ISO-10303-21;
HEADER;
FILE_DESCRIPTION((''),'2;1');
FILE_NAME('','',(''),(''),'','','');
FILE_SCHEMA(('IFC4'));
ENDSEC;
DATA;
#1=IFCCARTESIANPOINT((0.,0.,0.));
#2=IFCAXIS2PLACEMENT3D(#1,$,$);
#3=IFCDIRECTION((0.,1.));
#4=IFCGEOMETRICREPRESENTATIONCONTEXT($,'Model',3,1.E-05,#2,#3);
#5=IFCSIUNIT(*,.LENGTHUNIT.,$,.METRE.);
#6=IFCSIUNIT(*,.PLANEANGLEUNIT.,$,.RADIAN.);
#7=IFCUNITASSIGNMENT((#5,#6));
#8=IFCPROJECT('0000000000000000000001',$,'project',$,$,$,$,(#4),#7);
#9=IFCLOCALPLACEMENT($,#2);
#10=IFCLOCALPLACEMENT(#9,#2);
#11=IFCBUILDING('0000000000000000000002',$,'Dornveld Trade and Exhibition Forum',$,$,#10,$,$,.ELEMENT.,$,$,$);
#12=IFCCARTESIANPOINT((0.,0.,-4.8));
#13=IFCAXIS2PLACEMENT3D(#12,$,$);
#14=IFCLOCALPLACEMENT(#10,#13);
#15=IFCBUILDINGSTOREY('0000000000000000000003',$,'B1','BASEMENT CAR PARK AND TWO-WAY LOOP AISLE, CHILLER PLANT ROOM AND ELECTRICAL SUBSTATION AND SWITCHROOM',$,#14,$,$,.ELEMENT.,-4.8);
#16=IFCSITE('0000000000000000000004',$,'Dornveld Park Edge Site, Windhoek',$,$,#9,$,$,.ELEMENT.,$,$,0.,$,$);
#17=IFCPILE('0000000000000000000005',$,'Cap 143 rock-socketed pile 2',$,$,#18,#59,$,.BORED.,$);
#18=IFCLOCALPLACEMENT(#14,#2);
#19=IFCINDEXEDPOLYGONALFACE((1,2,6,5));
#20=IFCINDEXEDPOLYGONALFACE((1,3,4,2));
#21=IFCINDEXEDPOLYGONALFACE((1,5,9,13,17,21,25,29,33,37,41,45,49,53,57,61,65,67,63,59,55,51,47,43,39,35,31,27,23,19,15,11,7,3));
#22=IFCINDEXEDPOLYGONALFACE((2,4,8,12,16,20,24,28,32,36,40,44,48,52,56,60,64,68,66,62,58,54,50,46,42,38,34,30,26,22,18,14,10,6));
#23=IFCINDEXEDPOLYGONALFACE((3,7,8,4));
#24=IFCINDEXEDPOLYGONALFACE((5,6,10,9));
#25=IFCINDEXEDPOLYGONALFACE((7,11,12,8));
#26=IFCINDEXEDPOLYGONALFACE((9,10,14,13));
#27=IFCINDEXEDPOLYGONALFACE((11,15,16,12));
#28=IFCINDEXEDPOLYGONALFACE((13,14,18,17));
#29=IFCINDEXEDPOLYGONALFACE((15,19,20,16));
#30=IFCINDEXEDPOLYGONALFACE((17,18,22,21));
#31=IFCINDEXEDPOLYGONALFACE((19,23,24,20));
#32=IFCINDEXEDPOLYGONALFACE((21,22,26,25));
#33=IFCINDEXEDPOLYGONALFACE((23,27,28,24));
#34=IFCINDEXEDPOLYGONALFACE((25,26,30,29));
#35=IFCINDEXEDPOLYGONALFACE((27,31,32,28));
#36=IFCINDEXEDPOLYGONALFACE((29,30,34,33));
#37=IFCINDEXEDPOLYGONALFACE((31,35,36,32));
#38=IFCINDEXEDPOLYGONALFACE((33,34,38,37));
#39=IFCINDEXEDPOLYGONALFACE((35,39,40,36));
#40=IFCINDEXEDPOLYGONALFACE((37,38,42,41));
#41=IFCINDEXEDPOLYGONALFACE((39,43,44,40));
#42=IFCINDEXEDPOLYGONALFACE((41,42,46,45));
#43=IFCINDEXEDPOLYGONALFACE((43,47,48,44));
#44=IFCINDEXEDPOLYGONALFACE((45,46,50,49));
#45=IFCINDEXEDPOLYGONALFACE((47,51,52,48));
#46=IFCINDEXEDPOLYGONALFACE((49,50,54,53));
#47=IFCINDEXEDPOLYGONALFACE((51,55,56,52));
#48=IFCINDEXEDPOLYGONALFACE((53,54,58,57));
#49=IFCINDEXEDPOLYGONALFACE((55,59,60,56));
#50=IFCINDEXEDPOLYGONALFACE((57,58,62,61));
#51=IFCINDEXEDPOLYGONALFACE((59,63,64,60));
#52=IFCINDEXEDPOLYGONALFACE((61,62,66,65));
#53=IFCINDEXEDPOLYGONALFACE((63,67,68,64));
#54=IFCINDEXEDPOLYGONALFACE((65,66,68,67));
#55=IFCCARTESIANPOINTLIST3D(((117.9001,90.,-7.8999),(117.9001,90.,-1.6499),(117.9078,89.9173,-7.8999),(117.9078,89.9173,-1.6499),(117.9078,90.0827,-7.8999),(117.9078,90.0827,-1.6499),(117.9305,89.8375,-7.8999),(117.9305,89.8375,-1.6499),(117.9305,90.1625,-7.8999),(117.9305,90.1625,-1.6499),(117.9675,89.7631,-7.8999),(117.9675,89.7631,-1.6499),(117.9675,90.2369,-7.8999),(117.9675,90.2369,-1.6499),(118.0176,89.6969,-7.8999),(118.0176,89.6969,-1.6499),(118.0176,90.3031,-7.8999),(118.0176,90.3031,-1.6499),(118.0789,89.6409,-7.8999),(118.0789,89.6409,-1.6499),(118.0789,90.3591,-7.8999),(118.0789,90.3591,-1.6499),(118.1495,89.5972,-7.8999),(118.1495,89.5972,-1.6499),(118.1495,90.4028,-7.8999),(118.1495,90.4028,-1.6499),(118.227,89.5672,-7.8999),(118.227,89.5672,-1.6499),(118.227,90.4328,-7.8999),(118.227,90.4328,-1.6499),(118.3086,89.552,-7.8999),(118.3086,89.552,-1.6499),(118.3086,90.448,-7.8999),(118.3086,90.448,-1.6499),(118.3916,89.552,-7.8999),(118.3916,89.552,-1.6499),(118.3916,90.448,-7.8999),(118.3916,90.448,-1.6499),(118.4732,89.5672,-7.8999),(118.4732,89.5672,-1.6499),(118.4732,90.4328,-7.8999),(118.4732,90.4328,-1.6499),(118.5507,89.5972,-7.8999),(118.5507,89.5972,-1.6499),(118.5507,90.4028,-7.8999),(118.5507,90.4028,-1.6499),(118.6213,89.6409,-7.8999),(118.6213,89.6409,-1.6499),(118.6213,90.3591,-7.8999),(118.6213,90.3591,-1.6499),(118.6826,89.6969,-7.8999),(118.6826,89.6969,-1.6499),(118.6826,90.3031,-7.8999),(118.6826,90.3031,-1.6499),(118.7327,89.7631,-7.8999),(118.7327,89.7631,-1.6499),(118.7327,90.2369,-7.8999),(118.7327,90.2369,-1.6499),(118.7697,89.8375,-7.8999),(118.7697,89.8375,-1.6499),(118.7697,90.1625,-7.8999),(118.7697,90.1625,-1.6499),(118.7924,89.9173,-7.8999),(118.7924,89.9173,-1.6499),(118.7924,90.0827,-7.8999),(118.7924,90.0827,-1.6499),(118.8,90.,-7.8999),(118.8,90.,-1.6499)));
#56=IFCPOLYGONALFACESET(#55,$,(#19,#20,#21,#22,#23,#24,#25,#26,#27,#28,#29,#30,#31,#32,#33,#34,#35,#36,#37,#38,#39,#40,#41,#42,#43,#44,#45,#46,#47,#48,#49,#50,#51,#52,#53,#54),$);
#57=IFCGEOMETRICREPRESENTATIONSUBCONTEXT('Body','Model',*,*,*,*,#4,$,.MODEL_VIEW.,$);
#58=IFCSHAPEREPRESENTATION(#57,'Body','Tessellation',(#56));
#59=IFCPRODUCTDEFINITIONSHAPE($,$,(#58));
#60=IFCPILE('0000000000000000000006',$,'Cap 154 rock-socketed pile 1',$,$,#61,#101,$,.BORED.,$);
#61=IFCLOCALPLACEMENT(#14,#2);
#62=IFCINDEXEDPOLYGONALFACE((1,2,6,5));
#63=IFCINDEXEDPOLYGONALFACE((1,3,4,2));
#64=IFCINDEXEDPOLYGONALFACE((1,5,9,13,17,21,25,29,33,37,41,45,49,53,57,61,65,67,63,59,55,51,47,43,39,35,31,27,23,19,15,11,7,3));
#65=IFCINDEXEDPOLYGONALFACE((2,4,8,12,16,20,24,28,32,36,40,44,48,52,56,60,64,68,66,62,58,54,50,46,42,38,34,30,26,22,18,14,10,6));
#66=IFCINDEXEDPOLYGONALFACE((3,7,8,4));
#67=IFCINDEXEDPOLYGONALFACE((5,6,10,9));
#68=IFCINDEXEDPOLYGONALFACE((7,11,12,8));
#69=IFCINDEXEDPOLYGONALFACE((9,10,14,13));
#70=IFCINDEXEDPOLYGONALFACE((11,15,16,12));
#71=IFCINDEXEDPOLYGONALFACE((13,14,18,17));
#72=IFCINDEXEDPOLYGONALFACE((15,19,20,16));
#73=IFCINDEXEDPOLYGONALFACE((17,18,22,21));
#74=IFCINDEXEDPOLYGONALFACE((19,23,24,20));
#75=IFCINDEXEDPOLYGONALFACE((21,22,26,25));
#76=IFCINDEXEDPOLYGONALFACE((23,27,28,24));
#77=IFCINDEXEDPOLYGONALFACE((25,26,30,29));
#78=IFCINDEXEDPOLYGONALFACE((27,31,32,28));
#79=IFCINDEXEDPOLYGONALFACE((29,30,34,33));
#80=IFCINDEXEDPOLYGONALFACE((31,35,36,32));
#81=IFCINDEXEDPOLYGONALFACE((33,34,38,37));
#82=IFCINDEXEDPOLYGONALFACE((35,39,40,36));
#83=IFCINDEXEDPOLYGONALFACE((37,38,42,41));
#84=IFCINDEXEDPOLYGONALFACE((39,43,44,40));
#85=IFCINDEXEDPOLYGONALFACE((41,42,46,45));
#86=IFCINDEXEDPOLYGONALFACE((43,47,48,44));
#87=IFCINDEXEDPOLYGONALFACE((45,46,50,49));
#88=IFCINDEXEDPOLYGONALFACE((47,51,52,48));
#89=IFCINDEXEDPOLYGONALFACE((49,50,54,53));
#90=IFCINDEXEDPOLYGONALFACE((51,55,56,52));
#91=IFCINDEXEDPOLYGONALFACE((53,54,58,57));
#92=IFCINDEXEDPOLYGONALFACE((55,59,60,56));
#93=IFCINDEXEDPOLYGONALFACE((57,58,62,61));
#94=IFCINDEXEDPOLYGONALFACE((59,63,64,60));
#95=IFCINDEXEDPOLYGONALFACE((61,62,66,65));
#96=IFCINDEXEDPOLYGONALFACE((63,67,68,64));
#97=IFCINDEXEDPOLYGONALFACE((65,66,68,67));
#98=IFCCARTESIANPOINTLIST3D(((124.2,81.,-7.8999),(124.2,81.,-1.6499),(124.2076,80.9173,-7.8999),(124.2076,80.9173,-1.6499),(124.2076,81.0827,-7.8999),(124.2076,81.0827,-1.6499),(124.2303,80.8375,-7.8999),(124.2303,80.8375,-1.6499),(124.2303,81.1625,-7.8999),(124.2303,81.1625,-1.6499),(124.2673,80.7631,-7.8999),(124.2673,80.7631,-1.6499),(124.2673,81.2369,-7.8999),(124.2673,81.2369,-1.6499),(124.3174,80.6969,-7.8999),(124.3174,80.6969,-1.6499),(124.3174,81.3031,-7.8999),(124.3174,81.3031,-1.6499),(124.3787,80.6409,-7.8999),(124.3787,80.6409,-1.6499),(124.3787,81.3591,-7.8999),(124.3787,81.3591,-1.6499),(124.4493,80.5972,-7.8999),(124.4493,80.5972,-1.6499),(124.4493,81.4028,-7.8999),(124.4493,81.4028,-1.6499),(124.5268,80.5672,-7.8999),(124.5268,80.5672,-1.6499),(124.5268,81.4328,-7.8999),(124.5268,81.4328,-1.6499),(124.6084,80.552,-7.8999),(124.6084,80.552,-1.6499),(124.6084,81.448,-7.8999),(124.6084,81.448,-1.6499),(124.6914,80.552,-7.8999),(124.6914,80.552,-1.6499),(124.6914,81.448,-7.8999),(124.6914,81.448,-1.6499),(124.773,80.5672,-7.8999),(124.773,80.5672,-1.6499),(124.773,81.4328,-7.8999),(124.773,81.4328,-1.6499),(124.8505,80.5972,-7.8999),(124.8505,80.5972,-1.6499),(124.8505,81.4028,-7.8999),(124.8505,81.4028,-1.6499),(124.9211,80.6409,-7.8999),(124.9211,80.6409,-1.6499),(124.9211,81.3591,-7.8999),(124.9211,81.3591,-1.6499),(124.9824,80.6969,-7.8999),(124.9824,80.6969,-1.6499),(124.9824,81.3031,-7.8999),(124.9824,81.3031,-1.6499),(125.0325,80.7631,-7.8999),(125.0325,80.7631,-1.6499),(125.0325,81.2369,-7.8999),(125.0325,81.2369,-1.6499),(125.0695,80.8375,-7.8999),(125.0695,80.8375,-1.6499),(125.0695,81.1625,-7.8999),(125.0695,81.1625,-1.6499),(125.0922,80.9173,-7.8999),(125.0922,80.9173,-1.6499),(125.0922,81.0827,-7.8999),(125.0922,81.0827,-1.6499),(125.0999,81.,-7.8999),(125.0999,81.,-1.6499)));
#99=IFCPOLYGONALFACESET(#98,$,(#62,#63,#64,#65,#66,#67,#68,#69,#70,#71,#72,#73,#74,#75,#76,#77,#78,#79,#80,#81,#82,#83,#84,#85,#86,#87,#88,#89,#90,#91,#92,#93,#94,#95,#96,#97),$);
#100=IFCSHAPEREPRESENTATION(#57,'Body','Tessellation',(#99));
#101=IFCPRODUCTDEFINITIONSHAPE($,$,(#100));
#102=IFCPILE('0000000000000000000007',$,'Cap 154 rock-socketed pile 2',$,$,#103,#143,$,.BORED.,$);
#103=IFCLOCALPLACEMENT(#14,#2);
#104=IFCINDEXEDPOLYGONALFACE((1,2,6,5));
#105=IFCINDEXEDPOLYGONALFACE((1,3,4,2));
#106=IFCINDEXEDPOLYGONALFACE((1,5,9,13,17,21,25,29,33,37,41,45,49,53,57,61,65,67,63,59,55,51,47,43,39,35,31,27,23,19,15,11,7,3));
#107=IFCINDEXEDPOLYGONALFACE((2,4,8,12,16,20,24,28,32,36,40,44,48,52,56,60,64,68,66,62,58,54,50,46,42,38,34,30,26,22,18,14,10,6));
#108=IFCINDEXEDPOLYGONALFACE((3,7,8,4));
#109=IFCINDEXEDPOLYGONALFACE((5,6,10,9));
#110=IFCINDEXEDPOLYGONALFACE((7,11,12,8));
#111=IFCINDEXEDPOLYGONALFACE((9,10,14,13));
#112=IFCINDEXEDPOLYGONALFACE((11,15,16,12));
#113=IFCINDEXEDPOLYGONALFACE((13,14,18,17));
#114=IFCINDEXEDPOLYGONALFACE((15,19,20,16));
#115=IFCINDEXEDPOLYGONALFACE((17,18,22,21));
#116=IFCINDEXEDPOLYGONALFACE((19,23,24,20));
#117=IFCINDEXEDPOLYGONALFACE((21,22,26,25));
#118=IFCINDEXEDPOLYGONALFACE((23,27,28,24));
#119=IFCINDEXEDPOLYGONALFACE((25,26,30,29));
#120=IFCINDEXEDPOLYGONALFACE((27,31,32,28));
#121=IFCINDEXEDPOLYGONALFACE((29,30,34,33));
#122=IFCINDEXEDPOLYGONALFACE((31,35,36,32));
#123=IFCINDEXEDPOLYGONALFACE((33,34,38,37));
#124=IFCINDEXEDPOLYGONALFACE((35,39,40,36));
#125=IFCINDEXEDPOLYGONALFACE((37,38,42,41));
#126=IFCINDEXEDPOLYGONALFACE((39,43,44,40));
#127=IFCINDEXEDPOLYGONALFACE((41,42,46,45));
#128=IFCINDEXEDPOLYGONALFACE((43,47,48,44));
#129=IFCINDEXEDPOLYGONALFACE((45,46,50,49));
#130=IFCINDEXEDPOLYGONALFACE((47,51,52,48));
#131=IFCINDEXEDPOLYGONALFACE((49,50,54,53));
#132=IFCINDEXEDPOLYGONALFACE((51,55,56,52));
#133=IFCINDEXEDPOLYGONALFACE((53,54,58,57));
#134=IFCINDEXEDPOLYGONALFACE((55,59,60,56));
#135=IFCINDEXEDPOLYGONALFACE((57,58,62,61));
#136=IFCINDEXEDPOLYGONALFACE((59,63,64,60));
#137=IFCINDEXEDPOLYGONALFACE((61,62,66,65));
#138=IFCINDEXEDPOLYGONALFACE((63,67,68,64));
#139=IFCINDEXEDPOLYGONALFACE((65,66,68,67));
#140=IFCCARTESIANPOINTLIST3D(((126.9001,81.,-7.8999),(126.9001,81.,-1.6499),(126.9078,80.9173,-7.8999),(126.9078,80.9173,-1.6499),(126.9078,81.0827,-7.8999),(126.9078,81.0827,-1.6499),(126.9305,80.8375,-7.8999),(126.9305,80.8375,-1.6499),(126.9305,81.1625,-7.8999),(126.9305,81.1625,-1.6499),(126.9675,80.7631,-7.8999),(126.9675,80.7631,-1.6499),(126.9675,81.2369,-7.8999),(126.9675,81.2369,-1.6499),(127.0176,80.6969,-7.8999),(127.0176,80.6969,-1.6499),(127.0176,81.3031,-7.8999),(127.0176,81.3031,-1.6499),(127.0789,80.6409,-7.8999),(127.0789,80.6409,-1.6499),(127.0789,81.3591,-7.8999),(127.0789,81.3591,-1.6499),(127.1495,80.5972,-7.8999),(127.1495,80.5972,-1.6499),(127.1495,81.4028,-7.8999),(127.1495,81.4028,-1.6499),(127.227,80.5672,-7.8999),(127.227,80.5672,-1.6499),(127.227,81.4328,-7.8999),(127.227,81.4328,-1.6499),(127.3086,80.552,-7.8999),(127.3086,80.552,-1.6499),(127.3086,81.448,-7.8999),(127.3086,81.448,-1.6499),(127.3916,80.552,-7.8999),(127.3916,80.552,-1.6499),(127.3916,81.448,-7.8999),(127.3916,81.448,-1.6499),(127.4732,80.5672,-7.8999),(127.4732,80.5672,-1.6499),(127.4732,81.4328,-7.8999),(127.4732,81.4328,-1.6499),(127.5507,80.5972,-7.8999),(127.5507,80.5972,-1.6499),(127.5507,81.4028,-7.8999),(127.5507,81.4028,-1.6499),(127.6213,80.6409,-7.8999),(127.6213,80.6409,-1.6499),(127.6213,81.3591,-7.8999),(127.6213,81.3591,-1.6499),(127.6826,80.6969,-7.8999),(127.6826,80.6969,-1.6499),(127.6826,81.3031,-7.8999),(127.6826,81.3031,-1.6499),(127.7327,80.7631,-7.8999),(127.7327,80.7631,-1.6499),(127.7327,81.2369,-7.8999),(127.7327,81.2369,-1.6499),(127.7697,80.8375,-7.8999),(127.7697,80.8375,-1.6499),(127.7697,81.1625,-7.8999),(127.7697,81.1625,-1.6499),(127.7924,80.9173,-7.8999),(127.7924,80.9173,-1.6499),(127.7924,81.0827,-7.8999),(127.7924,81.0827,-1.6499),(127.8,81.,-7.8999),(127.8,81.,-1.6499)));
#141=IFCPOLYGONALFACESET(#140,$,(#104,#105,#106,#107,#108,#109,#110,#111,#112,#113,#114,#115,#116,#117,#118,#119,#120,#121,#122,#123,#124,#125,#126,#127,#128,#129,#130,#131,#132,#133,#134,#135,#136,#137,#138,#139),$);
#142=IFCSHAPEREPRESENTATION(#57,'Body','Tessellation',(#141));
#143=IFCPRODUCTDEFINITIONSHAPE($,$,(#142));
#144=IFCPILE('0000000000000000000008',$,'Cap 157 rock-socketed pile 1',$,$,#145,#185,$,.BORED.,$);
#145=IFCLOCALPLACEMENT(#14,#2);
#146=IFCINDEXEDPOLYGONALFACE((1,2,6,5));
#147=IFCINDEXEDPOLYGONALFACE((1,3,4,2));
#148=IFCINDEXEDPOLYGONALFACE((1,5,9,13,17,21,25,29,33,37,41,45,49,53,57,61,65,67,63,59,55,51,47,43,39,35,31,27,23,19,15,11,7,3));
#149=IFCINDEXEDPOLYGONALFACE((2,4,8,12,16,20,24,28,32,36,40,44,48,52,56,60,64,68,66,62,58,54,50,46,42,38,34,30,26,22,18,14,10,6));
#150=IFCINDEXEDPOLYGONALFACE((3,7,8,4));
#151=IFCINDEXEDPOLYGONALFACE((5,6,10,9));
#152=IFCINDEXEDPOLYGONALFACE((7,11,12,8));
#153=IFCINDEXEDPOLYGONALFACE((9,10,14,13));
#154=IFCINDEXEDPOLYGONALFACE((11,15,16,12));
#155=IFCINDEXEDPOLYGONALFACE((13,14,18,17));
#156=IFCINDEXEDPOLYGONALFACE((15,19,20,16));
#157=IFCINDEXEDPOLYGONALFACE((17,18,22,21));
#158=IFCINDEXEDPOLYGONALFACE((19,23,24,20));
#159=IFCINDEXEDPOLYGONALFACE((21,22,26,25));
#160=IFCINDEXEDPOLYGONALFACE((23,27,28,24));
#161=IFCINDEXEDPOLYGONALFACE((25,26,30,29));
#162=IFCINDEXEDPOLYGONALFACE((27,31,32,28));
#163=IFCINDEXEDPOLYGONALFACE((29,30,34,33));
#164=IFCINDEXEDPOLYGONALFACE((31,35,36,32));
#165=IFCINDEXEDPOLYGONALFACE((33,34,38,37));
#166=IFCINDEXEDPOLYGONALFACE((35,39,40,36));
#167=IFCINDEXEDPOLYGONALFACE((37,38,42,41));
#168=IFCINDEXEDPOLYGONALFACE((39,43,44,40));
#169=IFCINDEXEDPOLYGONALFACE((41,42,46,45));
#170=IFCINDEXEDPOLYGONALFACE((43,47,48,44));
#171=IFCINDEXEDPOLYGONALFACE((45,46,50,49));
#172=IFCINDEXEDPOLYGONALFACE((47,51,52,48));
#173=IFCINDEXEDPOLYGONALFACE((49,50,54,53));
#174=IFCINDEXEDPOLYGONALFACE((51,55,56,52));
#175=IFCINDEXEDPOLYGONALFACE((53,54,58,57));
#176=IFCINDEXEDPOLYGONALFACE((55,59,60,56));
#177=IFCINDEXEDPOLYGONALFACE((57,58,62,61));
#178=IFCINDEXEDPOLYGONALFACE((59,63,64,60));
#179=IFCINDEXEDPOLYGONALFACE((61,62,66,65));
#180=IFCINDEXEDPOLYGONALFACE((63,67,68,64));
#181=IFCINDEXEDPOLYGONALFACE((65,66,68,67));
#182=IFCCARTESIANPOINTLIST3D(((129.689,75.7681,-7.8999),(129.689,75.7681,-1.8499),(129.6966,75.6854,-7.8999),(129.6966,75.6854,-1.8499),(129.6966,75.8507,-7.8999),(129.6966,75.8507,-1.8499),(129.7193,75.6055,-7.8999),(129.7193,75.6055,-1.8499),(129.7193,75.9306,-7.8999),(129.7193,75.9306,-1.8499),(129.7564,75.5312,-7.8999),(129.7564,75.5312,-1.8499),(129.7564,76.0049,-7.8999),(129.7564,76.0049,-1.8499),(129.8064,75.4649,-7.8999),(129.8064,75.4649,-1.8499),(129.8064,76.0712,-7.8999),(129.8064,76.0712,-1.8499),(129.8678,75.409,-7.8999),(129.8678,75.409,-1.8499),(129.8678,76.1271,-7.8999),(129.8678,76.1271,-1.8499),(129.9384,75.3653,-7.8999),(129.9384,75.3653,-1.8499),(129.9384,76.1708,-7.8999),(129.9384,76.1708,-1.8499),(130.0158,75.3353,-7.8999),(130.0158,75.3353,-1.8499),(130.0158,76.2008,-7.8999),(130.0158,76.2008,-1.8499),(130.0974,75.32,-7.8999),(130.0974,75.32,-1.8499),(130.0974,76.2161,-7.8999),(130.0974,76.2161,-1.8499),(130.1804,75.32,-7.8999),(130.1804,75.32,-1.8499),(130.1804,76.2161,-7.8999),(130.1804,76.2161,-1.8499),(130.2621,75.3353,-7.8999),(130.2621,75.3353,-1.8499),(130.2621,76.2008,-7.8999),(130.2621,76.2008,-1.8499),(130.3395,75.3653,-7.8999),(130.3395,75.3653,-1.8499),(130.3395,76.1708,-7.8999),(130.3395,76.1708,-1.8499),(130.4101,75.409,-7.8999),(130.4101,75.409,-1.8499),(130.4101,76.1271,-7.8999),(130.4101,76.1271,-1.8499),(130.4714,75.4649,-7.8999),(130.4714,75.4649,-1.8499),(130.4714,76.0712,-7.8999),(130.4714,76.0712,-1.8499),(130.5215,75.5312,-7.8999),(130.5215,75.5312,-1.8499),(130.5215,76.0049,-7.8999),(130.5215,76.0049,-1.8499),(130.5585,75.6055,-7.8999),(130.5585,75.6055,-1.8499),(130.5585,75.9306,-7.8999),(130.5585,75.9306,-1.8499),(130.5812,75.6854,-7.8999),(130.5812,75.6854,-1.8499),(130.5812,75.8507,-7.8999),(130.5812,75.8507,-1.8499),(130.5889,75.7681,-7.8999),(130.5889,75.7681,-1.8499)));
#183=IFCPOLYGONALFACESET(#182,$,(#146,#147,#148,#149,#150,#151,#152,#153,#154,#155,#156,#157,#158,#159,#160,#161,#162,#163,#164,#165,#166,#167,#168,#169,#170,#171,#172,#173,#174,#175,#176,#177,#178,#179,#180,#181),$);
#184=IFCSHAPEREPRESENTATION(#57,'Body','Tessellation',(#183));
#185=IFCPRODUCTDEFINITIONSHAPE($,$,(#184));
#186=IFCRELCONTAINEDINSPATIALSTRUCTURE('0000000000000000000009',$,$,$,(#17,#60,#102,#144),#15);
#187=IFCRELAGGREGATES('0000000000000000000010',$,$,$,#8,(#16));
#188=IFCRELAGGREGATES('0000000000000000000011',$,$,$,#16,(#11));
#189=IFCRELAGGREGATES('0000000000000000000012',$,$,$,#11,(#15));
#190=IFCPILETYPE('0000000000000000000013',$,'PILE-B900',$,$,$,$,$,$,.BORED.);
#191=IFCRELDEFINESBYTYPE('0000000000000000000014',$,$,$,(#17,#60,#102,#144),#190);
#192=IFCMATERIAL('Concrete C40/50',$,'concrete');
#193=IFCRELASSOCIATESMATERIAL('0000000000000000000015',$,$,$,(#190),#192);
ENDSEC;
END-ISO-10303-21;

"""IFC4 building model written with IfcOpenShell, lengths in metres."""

from ifc_helpers import new_model, si_unit, direction, frame, origin, origin_2d, place, context, subcontext, project, spatial, circle, extrude, material, material_profile, profile_set, type_object, element, save


model = new_model("IFC4")

# Units and contexts
model_context = context("Model", 3, precision=1e-05, world=origin(), true_north=direction((0.0, 1.0)))
body_context = subcontext(model_context, "Body", "Model", "MODEL_VIEW")
ifc_project = project(units=[si_unit("LENGTHUNIT", "METRE"), si_unit("PLANEANGLEUNIT", "RADIAN")], contexts=[model_context])

# Site, building, storey
site_placement = place(None, origin())
site = spatial("IfcSite", under=ifc_project, at=site_placement, Name="Dornveld Park Edge Site, Windhoek", CompositionType="ELEMENT", RefElevation=0.0)
building_placement = place(site_placement, origin())
building = spatial("IfcBuilding", under=site, at=building_placement, Name="Dornveld Trade and Exhibition Forum", CompositionType="ELEMENT")
storey_placement = place(building_placement, frame((0.0, 0.0, -4.8)))
storey = spatial("IfcBuildingStorey", under=building, at=storey_placement, Name="B1", Description="BASEMENT CAR PARK AND TWO-WAY LOOP AISLE, CHILLER PLANT ROOM AND ELECTRICAL SUBSTATION AND SWITCHROOM", CompositionType="ELEMENT", Elevation=-4.8)

# Piles
ifc_material_1 = material(Name="Concrete C40/50", Category="concrete")
ifc_material_profile_1 = material_profile(ifc_material_1, circle(Radius=0.45, at=origin_2d()), Name="PILE D900")
ifc_profile_set_1 = profile_set([ifc_material_profile_1], Name="Concrete C40/50")
pile_type = type_object("IfcPileType", Name="PILE-B900", PredefinedType="BORED", material=ifc_profile_set_1)
for number, where, z_axis, x_axis, name in (
    (1, (118.3501, 90.0, -1.6499), (0.0, 0.0, -1.0), (1.0, 0.0, 0.0), "Cap 143 rock-socketed pile 2"),
    (2, (124.6499, 81.0, -1.6499), (0.0, 0.0, -1.0), (1.0, 0.0, 0.0), "Cap 154 rock-socketed pile 1"),
    (3, (127.3501, 81.0, -1.6499), (0.0, 0.0, -1.0), (1.0, 0.0, 0.0), "Cap 154 rock-socketed pile 2"),
):
    element("IfcPile", number, at=place(storey_placement, frame(where, z_axis=z_axis, x_axis=x_axis)), inside=storey, type_object=pile_type, Name=name, PredefinedType="BORED", context=body_context, shape_type="SweptSolid", body=[
        extrude(circle(Radius=0.45, at=origin_2d()), origin(), (0.0, 0.0, 1.0), 6.25),
    ])
for number, where, z_axis, x_axis, name in (
    (4, (130.1389, 75.7681, -1.8499), (0.0, 0.0, -1.0), (1.0, 0.0, 0.0), "Cap 157 rock-socketed pile 1"),
):
    element("IfcPile", number, at=place(storey_placement, frame(where, z_axis=z_axis, x_axis=x_axis)), inside=storey, type_object=pile_type, Name=name, PredefinedType="BORED", context=body_context, shape_type="SweptSolid", body=[
        extrude(circle(Radius=0.45, at=origin_2d()), origin(), (0.0, 0.0, 1.0), 6.05),
    ])

save(model, "model.ifc")
